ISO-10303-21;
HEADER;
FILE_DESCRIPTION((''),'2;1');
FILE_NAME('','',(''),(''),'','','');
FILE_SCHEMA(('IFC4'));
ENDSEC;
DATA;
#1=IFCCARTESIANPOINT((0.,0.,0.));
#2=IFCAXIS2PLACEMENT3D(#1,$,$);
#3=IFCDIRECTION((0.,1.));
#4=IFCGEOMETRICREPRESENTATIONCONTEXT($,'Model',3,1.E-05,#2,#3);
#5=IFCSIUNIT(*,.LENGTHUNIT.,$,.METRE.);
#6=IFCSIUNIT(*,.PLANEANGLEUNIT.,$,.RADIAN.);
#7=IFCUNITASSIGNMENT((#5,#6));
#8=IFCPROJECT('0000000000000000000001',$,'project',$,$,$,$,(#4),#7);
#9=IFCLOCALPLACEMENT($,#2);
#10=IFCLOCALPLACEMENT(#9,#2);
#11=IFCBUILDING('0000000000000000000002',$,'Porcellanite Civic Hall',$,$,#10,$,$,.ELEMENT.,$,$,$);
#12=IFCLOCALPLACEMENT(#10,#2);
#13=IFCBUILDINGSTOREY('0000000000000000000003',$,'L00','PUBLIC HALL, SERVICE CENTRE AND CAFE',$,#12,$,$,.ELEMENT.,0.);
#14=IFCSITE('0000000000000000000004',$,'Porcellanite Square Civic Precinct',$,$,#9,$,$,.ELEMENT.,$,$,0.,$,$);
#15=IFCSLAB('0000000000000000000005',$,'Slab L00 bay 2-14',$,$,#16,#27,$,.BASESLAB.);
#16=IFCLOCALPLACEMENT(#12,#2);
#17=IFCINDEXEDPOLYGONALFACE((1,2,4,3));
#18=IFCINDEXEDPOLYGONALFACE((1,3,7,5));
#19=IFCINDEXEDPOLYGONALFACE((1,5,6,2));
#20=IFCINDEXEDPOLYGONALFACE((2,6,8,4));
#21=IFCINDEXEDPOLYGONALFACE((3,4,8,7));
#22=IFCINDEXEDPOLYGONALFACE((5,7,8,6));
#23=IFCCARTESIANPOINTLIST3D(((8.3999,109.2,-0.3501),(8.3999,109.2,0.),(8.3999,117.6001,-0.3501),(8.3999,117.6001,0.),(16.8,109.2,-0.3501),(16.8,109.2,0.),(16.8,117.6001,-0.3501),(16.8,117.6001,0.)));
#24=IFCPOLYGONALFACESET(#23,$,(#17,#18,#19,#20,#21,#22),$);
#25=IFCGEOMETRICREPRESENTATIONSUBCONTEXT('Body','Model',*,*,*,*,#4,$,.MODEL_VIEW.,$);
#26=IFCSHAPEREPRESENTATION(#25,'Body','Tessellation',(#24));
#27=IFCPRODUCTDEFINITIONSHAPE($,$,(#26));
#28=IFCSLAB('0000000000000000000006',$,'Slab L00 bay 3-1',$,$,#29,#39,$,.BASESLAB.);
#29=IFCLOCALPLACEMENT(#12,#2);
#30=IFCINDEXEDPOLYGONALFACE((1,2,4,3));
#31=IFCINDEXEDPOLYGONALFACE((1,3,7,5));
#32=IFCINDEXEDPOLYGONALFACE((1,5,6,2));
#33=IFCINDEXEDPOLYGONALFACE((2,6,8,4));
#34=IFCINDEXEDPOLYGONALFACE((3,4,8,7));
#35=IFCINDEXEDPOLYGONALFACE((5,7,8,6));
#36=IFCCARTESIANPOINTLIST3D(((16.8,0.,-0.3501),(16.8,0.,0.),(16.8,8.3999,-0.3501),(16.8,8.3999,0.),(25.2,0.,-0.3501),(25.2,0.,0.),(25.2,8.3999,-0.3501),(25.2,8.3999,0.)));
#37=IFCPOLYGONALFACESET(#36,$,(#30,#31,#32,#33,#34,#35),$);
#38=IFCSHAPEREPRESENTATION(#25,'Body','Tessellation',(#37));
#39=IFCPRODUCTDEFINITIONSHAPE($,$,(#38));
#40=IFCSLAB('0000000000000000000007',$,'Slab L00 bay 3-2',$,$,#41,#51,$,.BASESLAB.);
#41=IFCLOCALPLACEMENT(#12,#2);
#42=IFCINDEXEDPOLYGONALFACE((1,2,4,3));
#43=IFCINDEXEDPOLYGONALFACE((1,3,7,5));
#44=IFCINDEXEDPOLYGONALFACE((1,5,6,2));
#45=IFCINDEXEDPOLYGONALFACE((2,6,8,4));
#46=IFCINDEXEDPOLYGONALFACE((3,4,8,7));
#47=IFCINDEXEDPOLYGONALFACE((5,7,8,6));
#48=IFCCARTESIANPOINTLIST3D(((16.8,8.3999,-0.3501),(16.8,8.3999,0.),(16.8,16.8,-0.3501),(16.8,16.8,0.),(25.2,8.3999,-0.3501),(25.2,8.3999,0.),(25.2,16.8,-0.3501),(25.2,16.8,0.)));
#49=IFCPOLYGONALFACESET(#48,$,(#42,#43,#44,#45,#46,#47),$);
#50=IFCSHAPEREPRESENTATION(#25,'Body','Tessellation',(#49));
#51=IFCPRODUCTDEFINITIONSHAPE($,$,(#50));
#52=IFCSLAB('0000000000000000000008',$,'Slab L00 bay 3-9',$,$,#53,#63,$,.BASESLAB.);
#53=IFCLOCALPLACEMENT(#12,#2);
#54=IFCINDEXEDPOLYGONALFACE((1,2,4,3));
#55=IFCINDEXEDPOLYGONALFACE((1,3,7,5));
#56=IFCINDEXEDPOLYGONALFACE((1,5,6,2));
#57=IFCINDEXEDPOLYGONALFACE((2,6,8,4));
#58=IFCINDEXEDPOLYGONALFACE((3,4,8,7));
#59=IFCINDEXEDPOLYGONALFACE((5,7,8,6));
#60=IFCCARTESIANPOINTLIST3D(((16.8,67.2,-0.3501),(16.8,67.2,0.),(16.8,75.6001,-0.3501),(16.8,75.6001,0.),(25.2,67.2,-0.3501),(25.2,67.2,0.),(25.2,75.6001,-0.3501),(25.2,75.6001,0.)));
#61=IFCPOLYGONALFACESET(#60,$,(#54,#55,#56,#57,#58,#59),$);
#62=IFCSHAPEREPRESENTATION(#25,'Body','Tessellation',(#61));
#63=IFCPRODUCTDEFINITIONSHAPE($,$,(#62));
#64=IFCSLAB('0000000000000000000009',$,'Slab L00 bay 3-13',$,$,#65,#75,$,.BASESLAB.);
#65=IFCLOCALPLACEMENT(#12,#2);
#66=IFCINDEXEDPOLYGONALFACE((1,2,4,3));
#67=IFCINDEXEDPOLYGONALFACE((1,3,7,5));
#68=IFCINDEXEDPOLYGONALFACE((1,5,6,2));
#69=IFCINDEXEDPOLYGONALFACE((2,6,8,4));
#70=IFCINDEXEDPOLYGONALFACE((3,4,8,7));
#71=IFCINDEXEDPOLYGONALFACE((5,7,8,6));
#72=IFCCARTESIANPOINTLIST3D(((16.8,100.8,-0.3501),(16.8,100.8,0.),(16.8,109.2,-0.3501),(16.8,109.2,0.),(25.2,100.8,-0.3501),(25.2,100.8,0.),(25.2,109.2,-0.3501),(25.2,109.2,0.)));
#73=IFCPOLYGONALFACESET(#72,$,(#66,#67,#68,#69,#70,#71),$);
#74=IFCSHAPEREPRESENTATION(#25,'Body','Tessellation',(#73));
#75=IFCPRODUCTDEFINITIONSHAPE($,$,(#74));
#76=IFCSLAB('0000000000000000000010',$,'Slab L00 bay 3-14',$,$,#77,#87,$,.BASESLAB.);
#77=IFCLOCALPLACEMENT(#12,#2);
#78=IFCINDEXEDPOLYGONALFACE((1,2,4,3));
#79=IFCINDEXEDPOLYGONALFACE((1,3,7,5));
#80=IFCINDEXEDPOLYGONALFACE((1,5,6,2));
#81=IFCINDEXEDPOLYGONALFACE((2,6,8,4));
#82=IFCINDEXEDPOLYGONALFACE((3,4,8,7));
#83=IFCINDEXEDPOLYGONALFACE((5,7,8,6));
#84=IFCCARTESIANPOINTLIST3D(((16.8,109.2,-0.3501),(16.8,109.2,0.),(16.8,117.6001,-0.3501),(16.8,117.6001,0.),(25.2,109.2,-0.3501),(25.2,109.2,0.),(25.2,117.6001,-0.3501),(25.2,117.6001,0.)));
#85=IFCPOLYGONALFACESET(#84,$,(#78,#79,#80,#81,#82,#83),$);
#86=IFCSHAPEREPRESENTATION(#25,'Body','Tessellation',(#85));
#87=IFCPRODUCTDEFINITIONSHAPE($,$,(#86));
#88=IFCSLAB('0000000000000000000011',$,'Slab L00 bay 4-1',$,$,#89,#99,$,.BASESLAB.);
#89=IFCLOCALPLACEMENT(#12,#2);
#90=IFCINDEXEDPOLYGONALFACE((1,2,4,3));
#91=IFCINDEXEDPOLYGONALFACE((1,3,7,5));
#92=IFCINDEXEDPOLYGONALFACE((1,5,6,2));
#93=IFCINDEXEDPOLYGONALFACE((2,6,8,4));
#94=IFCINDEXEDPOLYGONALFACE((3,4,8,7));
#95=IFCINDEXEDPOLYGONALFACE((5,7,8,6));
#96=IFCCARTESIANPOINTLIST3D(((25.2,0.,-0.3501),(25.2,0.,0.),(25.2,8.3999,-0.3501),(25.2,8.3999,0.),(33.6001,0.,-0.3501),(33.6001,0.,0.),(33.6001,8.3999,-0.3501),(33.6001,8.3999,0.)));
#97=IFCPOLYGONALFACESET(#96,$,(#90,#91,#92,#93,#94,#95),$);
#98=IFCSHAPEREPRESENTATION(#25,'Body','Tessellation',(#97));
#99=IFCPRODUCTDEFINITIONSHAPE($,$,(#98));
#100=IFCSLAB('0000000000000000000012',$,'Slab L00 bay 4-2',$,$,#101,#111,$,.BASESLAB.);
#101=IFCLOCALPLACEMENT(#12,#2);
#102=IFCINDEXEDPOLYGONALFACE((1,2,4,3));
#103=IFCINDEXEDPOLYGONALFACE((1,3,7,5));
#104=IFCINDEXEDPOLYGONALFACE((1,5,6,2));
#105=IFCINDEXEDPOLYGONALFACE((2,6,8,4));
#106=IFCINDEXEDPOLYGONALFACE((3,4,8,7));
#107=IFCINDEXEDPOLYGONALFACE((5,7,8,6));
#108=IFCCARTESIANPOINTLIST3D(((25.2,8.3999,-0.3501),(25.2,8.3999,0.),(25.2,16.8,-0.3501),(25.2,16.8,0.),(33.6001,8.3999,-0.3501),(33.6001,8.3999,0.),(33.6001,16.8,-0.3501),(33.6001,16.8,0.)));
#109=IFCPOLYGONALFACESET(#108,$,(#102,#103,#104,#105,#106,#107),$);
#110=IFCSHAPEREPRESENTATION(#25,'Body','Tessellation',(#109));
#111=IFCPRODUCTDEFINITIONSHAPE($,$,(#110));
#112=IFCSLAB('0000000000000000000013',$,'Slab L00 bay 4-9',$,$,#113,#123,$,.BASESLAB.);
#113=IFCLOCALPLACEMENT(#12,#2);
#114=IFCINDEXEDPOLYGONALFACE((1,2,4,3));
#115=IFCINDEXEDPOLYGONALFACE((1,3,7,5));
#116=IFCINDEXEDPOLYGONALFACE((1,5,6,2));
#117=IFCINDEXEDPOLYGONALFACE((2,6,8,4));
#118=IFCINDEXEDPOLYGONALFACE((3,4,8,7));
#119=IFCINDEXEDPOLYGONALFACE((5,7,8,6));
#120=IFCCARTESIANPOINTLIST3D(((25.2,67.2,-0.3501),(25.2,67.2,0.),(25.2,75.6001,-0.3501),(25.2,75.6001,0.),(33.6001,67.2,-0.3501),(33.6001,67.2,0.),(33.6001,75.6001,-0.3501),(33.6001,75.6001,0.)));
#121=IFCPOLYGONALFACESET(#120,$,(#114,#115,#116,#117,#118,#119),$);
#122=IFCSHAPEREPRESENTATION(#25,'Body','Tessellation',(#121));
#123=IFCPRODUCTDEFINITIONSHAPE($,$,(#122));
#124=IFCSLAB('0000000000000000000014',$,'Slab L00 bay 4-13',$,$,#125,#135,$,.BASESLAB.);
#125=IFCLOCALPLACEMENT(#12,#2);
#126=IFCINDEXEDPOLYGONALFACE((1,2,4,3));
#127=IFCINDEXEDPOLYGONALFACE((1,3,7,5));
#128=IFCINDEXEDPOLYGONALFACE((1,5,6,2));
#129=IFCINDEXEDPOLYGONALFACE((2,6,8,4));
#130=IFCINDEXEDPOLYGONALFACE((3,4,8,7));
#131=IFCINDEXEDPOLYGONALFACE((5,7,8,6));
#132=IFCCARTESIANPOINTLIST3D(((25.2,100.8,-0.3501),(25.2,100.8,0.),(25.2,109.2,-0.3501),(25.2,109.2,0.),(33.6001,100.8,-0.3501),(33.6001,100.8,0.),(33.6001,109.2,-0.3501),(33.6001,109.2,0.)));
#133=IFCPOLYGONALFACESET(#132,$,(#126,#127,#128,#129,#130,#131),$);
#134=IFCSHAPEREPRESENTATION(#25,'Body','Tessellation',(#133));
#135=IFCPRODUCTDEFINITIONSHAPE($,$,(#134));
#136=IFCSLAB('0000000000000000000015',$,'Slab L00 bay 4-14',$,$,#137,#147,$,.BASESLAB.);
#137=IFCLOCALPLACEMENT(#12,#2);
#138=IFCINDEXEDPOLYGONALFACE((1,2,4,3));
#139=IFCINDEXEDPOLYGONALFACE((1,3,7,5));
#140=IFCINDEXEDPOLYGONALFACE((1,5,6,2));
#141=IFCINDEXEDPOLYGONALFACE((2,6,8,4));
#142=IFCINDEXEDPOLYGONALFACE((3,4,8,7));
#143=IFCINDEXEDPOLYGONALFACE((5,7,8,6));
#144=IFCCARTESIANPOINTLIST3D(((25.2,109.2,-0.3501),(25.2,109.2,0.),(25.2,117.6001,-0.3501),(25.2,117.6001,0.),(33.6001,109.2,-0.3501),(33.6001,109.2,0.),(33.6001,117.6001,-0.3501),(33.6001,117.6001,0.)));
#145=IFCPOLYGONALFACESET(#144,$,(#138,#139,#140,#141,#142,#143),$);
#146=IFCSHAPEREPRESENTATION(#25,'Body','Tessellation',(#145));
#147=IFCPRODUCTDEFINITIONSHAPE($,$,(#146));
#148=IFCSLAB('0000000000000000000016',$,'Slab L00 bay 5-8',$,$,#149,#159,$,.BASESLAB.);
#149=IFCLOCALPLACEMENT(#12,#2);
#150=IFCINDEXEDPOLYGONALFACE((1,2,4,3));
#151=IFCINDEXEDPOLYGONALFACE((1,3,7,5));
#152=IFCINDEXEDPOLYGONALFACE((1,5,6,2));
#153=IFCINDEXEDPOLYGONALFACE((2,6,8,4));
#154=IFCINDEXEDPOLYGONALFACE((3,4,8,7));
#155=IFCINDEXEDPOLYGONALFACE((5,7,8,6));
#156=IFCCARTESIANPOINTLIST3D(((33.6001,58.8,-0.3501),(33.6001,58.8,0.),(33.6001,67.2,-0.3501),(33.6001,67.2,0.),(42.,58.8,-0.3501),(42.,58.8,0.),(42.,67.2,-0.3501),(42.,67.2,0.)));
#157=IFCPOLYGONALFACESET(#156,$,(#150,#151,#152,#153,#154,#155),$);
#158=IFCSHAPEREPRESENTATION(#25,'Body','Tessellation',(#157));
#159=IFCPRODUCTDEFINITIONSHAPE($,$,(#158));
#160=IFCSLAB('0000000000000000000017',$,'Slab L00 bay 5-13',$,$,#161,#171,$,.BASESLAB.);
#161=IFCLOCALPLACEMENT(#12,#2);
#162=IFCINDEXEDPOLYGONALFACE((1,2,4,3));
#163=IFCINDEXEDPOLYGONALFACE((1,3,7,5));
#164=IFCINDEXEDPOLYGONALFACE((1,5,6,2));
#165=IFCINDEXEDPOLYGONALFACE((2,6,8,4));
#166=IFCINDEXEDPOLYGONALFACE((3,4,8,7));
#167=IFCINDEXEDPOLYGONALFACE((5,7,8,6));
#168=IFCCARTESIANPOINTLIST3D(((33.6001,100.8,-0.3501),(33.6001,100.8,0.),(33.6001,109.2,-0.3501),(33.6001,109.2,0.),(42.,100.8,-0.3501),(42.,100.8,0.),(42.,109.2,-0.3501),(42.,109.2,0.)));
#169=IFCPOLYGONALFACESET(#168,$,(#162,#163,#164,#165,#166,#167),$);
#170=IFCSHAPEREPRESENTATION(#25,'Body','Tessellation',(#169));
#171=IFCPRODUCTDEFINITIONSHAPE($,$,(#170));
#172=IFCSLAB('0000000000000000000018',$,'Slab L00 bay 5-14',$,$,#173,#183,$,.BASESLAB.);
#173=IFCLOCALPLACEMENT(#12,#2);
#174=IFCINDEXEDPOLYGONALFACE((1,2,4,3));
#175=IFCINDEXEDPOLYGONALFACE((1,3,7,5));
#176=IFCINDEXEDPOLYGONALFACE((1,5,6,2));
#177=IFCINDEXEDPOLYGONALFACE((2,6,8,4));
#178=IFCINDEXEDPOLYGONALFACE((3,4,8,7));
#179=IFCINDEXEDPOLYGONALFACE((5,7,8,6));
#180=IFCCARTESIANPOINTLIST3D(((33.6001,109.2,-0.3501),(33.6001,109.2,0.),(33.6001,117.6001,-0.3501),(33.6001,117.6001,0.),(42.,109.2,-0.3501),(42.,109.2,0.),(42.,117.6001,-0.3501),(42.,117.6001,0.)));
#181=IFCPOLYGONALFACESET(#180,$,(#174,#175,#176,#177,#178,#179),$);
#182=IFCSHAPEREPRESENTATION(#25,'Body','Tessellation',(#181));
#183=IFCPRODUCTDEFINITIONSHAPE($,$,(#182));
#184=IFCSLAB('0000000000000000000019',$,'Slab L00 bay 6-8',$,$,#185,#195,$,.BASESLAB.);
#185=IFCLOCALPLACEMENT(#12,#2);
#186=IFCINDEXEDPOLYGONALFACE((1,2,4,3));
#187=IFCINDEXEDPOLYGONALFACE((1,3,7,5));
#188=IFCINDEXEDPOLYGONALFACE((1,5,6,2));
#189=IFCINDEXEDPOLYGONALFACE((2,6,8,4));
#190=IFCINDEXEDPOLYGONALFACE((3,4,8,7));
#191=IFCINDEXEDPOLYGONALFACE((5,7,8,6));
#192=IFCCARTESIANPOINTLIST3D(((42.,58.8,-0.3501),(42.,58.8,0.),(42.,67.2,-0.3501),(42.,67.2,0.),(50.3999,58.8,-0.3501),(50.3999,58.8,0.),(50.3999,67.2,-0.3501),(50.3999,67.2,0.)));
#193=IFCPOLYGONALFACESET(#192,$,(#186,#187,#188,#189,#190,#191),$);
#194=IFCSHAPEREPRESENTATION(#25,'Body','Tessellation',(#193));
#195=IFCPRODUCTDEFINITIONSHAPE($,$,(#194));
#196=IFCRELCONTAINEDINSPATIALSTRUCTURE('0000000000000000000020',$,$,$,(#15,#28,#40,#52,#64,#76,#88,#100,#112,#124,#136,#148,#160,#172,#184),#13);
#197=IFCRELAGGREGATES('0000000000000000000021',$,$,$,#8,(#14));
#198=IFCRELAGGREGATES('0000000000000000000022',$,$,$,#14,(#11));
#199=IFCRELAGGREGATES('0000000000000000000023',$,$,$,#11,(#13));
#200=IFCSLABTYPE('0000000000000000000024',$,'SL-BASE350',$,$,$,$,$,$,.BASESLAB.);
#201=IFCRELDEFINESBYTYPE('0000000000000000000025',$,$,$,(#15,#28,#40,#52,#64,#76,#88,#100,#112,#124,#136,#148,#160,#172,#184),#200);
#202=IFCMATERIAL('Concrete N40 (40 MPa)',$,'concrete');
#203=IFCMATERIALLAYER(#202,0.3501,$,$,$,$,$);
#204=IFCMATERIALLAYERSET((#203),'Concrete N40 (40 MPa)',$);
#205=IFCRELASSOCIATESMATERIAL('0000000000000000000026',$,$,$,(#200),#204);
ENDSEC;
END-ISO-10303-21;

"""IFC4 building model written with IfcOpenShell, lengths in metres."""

from ifc_helpers import new_model, si_unit, direction, frame, origin, place, context, subcontext, project, spatial, polyline, outline, extrude, material, layer, layer_set, type_object, element, save


model = new_model("IFC4")

# Units and contexts
model_context = context("Model", 3, precision=1e-05, world=origin(), true_north=direction((0.0, 1.0)))
body_context = subcontext(model_context, "Body", "Model", "MODEL_VIEW")
ifc_project = project(units=[si_unit("LENGTHUNIT", "METRE"), si_unit("PLANEANGLEUNIT", "RADIAN")], contexts=[model_context])

# Site, building, storey
site_placement = place(None, origin())
site = spatial("IfcSite", under=ifc_project, at=site_placement, Name="Porcellanite Square Civic Precinct", CompositionType="ELEMENT", RefElevation=0.0)
building_placement = place(site_placement, origin())
building = spatial("IfcBuilding", under=site, at=building_placement, Name="Porcellanite Civic Hall", CompositionType="ELEMENT")
storey_placement = place(building_placement, origin())
storey = spatial("IfcBuildingStorey", under=building, at=storey_placement, Name="L00", Description="PUBLIC HALL, SERVICE CENTRE AND CAFE", CompositionType="ELEMENT", Elevation=0.0)

# Slabs
ifc_material = material(Name="Concrete N40 (40 MPa)", Category="concrete")
ifc_layer = layer(ifc_material, 0.3501)
ifc_layer_set = layer_set([ifc_layer], Name="Concrete N40 (40 MPa)")
slab_type = type_object("IfcSlabType", Name="SL-BASE350", PredefinedType="BASESLAB", material=ifc_layer_set)
slab_1_placement = place(storey_placement, frame((0.0, 0.0, -0.3501)))
element("IfcSlab", 1, at=slab_1_placement, inside=storey, type_object=slab_type, Name="Slab L00 bay 2-14", PredefinedType="BASESLAB", context=body_context, shape_type="SweptSolid", body=[
    extrude(outline(polyline([(8.3999, 109.2), (16.8, 109.2), (16.8, 117.6001), (8.3999, 117.6001), (8.3999, 109.2)])), origin(), (0.0, 0.0, 1.0), 0.3501),
])
slab_2_placement = place(storey_placement, frame((0.0, 0.0, -0.3501)))
element("IfcSlab", 2, at=slab_2_placement, inside=storey, type_object=slab_type, Name="Slab L00 bay 3-1", PredefinedType="BASESLAB", context=body_context, shape_type="SweptSolid", body=[
    extrude(outline(polyline([(16.8, 0.0), (25.2, 0.0), (25.2, 8.3999), (16.8, 8.3999), (16.8, 0.0)])), origin(), (0.0, 0.0, 1.0), 0.3501),
])
slab_3_placement = place(storey_placement, frame((0.0, 0.0, -0.3501)))
element("IfcSlab", 3, at=slab_3_placement, inside=storey, type_object=slab_type, Name="Slab L00 bay 3-2", PredefinedType="BASESLAB", context=body_context, shape_type="SweptSolid", body=[
    extrude(outline(polyline([(16.8, 8.3999), (25.2, 8.3999), (25.2, 16.8), (16.8, 16.8), (16.8, 8.3999)])), origin(), (0.0, 0.0, 1.0), 0.3501),
])
slab_4_placement = place(storey_placement, frame((0.0, 0.0, -0.3501)))
element("IfcSlab", 4, at=slab_4_placement, inside=storey, type_object=slab_type, Name="Slab L00 bay 3-9", PredefinedType="BASESLAB", context=body_context, shape_type="SweptSolid", body=[
    extrude(outline(polyline([(16.8, 67.2), (25.2, 67.2), (25.2, 75.6001), (16.8, 75.6001), (16.8, 67.2)])), origin(), (0.0, 0.0, 1.0), 0.3501),
])
slab_5_placement = place(storey_placement, frame((0.0, 0.0, -0.3501)))
element("IfcSlab", 5, at=slab_5_placement, inside=storey, type_object=slab_type, Name="Slab L00 bay 3-13", PredefinedType="BASESLAB", context=body_context, shape_type="SweptSolid", body=[
    extrude(outline(polyline([(16.8, 100.8), (25.2, 100.8), (25.2, 109.2), (16.8, 109.2), (16.8, 100.8)])), origin(), (0.0, 0.0, 1.0), 0.3501),
])
slab_6_placement = place(storey_placement, frame((0.0, 0.0, -0.3501)))
element("IfcSlab", 6, at=slab_6_placement, inside=storey, type_object=slab_type, Name="Slab L00 bay 3-14", PredefinedType="BASESLAB", context=body_context, shape_type="SweptSolid", body=[
    extrude(outline(polyline([(16.8, 109.2), (25.2, 109.2), (25.2, 117.6001), (16.8, 117.6001), (16.8, 109.2)])), origin(), (0.0, 0.0, 1.0), 0.3501),
])
slab_7_placement = place(storey_placement, frame((0.0, 0.0, -0.3501)))
element("IfcSlab", 7, at=slab_7_placement, inside=storey, type_object=slab_type, Name="Slab L00 bay 4-1", PredefinedType="BASESLAB", context=body_context, shape_type="SweptSolid", body=[
    extrude(outline(polyline([(25.2, 0.0), (33.6001, 0.0), (33.6001, 8.3999), (25.2, 8.3999), (25.2, 0.0)])), origin(), (0.0, 0.0, 1.0), 0.3501),
])
slab_8_placement = place(storey_placement, frame((0.0, 0.0, -0.3501)))
element("IfcSlab", 8, at=slab_8_placement, inside=storey, type_object=slab_type, Name="Slab L00 bay 4-2", PredefinedType="BASESLAB", context=body_context, shape_type="SweptSolid", body=[
    extrude(outline(polyline([(25.2, 8.3999), (33.6001, 8.3999), (33.6001, 16.8), (25.2, 16.8), (25.2, 8.3999)])), origin(), (0.0, 0.0, 1.0), 0.3501),
])
slab_9_placement = place(storey_placement, frame((0.0, 0.0, -0.3501)))
element("IfcSlab", 9, at=slab_9_placement, inside=storey, type_object=slab_type, Name="Slab L00 bay 4-9", PredefinedType="BASESLAB", context=body_context, shape_type="SweptSolid", body=[
    extrude(outline(polyline([(25.2, 67.2), (33.6001, 67.2), (33.6001, 75.6001), (25.2, 75.6001), (25.2, 67.2)])), origin(), (0.0, 0.0, 1.0), 0.3501),
])
slab_10_placement = place(storey_placement, frame((0.0, 0.0, -0.3501)))
element("IfcSlab", 10, at=slab_10_placement, inside=storey, type_object=slab_type, Name="Slab L00 bay 4-13", PredefinedType="BASESLAB", context=body_context, shape_type="SweptSolid", body=[
    extrude(outline(polyline([(25.2, 100.8), (33.6001, 100.8), (33.6001, 109.2), (25.2, 109.2), (25.2, 100.8)])), origin(), (0.0, 0.0, 1.0), 0.3501),
])
slab_11_placement = place(storey_placement, frame((0.0, 0.0, -0.3501)))
element("IfcSlab", 11, at=slab_11_placement, inside=storey, type_object=slab_type, Name="Slab L00 bay 4-14", PredefinedType="BASESLAB", context=body_context, shape_type="SweptSolid", body=[
    extrude(outline(polyline([(25.2, 109.2), (33.6001, 109.2), (33.6001, 117.6001), (25.2, 117.6001), (25.2, 109.2)])), origin(), (0.0, 0.0, 1.0), 0.3501),
])
slab_12_placement = place(storey_placement, frame((0.0, 0.0, -0.3501)))
element("IfcSlab", 12, at=slab_12_placement, inside=storey, type_object=slab_type, Name="Slab L00 bay 5-8", PredefinedType="BASESLAB", context=body_context, shape_type="SweptSolid", body=[
    extrude(outline(polyline([(33.6001, 58.8), (42.0, 58.8), (42.0, 67.2), (33.6001, 67.2), (33.6001, 58.8)])), origin(), (0.0, 0.0, 1.0), 0.3501),
])
slab_13_placement = place(storey_placement, frame((0.0, 0.0, -0.3501)))
element("IfcSlab", 13, at=slab_13_placement, inside=storey, type_object=slab_type, Name="Slab L00 bay 5-13", PredefinedType="BASESLAB", context=body_context, shape_type="SweptSolid", body=[
    extrude(outline(polyline([(33.6001, 100.8), (42.0, 100.8), (42.0, 109.2), (33.6001, 109.2), (33.6001, 100.8)])), origin(), (0.0, 0.0, 1.0), 0.3501),
])
slab_14_placement = place(storey_placement, frame((0.0, 0.0, -0.3501)))
element("IfcSlab", 14, at=slab_14_placement, inside=storey, type_object=slab_type, Name="Slab L00 bay 5-14", PredefinedType="BASESLAB", context=body_context, shape_type="SweptSolid", body=[
    extrude(outline(polyline([(33.6001, 109.2), (42.0, 109.2), (42.0, 117.6001), (33.6001, 117.6001), (33.6001, 109.2)])), origin(), (0.0, 0.0, 1.0), 0.3501),
])
slab_15_placement = place(storey_placement, frame((0.0, 0.0, -0.3501)))
element("IfcSlab", 15, at=slab_15_placement, inside=storey, type_object=slab_type, Name="Slab L00 bay 6-8", PredefinedType="BASESLAB", context=body_context, shape_type="SweptSolid", body=[
    extrude(outline(polyline([(42.0, 58.8), (50.3999, 58.8), (50.3999, 67.2), (42.0, 67.2), (42.0, 58.8)])), origin(), (0.0, 0.0, 1.0), 0.3501),
])

save(model, "model.ifc")
